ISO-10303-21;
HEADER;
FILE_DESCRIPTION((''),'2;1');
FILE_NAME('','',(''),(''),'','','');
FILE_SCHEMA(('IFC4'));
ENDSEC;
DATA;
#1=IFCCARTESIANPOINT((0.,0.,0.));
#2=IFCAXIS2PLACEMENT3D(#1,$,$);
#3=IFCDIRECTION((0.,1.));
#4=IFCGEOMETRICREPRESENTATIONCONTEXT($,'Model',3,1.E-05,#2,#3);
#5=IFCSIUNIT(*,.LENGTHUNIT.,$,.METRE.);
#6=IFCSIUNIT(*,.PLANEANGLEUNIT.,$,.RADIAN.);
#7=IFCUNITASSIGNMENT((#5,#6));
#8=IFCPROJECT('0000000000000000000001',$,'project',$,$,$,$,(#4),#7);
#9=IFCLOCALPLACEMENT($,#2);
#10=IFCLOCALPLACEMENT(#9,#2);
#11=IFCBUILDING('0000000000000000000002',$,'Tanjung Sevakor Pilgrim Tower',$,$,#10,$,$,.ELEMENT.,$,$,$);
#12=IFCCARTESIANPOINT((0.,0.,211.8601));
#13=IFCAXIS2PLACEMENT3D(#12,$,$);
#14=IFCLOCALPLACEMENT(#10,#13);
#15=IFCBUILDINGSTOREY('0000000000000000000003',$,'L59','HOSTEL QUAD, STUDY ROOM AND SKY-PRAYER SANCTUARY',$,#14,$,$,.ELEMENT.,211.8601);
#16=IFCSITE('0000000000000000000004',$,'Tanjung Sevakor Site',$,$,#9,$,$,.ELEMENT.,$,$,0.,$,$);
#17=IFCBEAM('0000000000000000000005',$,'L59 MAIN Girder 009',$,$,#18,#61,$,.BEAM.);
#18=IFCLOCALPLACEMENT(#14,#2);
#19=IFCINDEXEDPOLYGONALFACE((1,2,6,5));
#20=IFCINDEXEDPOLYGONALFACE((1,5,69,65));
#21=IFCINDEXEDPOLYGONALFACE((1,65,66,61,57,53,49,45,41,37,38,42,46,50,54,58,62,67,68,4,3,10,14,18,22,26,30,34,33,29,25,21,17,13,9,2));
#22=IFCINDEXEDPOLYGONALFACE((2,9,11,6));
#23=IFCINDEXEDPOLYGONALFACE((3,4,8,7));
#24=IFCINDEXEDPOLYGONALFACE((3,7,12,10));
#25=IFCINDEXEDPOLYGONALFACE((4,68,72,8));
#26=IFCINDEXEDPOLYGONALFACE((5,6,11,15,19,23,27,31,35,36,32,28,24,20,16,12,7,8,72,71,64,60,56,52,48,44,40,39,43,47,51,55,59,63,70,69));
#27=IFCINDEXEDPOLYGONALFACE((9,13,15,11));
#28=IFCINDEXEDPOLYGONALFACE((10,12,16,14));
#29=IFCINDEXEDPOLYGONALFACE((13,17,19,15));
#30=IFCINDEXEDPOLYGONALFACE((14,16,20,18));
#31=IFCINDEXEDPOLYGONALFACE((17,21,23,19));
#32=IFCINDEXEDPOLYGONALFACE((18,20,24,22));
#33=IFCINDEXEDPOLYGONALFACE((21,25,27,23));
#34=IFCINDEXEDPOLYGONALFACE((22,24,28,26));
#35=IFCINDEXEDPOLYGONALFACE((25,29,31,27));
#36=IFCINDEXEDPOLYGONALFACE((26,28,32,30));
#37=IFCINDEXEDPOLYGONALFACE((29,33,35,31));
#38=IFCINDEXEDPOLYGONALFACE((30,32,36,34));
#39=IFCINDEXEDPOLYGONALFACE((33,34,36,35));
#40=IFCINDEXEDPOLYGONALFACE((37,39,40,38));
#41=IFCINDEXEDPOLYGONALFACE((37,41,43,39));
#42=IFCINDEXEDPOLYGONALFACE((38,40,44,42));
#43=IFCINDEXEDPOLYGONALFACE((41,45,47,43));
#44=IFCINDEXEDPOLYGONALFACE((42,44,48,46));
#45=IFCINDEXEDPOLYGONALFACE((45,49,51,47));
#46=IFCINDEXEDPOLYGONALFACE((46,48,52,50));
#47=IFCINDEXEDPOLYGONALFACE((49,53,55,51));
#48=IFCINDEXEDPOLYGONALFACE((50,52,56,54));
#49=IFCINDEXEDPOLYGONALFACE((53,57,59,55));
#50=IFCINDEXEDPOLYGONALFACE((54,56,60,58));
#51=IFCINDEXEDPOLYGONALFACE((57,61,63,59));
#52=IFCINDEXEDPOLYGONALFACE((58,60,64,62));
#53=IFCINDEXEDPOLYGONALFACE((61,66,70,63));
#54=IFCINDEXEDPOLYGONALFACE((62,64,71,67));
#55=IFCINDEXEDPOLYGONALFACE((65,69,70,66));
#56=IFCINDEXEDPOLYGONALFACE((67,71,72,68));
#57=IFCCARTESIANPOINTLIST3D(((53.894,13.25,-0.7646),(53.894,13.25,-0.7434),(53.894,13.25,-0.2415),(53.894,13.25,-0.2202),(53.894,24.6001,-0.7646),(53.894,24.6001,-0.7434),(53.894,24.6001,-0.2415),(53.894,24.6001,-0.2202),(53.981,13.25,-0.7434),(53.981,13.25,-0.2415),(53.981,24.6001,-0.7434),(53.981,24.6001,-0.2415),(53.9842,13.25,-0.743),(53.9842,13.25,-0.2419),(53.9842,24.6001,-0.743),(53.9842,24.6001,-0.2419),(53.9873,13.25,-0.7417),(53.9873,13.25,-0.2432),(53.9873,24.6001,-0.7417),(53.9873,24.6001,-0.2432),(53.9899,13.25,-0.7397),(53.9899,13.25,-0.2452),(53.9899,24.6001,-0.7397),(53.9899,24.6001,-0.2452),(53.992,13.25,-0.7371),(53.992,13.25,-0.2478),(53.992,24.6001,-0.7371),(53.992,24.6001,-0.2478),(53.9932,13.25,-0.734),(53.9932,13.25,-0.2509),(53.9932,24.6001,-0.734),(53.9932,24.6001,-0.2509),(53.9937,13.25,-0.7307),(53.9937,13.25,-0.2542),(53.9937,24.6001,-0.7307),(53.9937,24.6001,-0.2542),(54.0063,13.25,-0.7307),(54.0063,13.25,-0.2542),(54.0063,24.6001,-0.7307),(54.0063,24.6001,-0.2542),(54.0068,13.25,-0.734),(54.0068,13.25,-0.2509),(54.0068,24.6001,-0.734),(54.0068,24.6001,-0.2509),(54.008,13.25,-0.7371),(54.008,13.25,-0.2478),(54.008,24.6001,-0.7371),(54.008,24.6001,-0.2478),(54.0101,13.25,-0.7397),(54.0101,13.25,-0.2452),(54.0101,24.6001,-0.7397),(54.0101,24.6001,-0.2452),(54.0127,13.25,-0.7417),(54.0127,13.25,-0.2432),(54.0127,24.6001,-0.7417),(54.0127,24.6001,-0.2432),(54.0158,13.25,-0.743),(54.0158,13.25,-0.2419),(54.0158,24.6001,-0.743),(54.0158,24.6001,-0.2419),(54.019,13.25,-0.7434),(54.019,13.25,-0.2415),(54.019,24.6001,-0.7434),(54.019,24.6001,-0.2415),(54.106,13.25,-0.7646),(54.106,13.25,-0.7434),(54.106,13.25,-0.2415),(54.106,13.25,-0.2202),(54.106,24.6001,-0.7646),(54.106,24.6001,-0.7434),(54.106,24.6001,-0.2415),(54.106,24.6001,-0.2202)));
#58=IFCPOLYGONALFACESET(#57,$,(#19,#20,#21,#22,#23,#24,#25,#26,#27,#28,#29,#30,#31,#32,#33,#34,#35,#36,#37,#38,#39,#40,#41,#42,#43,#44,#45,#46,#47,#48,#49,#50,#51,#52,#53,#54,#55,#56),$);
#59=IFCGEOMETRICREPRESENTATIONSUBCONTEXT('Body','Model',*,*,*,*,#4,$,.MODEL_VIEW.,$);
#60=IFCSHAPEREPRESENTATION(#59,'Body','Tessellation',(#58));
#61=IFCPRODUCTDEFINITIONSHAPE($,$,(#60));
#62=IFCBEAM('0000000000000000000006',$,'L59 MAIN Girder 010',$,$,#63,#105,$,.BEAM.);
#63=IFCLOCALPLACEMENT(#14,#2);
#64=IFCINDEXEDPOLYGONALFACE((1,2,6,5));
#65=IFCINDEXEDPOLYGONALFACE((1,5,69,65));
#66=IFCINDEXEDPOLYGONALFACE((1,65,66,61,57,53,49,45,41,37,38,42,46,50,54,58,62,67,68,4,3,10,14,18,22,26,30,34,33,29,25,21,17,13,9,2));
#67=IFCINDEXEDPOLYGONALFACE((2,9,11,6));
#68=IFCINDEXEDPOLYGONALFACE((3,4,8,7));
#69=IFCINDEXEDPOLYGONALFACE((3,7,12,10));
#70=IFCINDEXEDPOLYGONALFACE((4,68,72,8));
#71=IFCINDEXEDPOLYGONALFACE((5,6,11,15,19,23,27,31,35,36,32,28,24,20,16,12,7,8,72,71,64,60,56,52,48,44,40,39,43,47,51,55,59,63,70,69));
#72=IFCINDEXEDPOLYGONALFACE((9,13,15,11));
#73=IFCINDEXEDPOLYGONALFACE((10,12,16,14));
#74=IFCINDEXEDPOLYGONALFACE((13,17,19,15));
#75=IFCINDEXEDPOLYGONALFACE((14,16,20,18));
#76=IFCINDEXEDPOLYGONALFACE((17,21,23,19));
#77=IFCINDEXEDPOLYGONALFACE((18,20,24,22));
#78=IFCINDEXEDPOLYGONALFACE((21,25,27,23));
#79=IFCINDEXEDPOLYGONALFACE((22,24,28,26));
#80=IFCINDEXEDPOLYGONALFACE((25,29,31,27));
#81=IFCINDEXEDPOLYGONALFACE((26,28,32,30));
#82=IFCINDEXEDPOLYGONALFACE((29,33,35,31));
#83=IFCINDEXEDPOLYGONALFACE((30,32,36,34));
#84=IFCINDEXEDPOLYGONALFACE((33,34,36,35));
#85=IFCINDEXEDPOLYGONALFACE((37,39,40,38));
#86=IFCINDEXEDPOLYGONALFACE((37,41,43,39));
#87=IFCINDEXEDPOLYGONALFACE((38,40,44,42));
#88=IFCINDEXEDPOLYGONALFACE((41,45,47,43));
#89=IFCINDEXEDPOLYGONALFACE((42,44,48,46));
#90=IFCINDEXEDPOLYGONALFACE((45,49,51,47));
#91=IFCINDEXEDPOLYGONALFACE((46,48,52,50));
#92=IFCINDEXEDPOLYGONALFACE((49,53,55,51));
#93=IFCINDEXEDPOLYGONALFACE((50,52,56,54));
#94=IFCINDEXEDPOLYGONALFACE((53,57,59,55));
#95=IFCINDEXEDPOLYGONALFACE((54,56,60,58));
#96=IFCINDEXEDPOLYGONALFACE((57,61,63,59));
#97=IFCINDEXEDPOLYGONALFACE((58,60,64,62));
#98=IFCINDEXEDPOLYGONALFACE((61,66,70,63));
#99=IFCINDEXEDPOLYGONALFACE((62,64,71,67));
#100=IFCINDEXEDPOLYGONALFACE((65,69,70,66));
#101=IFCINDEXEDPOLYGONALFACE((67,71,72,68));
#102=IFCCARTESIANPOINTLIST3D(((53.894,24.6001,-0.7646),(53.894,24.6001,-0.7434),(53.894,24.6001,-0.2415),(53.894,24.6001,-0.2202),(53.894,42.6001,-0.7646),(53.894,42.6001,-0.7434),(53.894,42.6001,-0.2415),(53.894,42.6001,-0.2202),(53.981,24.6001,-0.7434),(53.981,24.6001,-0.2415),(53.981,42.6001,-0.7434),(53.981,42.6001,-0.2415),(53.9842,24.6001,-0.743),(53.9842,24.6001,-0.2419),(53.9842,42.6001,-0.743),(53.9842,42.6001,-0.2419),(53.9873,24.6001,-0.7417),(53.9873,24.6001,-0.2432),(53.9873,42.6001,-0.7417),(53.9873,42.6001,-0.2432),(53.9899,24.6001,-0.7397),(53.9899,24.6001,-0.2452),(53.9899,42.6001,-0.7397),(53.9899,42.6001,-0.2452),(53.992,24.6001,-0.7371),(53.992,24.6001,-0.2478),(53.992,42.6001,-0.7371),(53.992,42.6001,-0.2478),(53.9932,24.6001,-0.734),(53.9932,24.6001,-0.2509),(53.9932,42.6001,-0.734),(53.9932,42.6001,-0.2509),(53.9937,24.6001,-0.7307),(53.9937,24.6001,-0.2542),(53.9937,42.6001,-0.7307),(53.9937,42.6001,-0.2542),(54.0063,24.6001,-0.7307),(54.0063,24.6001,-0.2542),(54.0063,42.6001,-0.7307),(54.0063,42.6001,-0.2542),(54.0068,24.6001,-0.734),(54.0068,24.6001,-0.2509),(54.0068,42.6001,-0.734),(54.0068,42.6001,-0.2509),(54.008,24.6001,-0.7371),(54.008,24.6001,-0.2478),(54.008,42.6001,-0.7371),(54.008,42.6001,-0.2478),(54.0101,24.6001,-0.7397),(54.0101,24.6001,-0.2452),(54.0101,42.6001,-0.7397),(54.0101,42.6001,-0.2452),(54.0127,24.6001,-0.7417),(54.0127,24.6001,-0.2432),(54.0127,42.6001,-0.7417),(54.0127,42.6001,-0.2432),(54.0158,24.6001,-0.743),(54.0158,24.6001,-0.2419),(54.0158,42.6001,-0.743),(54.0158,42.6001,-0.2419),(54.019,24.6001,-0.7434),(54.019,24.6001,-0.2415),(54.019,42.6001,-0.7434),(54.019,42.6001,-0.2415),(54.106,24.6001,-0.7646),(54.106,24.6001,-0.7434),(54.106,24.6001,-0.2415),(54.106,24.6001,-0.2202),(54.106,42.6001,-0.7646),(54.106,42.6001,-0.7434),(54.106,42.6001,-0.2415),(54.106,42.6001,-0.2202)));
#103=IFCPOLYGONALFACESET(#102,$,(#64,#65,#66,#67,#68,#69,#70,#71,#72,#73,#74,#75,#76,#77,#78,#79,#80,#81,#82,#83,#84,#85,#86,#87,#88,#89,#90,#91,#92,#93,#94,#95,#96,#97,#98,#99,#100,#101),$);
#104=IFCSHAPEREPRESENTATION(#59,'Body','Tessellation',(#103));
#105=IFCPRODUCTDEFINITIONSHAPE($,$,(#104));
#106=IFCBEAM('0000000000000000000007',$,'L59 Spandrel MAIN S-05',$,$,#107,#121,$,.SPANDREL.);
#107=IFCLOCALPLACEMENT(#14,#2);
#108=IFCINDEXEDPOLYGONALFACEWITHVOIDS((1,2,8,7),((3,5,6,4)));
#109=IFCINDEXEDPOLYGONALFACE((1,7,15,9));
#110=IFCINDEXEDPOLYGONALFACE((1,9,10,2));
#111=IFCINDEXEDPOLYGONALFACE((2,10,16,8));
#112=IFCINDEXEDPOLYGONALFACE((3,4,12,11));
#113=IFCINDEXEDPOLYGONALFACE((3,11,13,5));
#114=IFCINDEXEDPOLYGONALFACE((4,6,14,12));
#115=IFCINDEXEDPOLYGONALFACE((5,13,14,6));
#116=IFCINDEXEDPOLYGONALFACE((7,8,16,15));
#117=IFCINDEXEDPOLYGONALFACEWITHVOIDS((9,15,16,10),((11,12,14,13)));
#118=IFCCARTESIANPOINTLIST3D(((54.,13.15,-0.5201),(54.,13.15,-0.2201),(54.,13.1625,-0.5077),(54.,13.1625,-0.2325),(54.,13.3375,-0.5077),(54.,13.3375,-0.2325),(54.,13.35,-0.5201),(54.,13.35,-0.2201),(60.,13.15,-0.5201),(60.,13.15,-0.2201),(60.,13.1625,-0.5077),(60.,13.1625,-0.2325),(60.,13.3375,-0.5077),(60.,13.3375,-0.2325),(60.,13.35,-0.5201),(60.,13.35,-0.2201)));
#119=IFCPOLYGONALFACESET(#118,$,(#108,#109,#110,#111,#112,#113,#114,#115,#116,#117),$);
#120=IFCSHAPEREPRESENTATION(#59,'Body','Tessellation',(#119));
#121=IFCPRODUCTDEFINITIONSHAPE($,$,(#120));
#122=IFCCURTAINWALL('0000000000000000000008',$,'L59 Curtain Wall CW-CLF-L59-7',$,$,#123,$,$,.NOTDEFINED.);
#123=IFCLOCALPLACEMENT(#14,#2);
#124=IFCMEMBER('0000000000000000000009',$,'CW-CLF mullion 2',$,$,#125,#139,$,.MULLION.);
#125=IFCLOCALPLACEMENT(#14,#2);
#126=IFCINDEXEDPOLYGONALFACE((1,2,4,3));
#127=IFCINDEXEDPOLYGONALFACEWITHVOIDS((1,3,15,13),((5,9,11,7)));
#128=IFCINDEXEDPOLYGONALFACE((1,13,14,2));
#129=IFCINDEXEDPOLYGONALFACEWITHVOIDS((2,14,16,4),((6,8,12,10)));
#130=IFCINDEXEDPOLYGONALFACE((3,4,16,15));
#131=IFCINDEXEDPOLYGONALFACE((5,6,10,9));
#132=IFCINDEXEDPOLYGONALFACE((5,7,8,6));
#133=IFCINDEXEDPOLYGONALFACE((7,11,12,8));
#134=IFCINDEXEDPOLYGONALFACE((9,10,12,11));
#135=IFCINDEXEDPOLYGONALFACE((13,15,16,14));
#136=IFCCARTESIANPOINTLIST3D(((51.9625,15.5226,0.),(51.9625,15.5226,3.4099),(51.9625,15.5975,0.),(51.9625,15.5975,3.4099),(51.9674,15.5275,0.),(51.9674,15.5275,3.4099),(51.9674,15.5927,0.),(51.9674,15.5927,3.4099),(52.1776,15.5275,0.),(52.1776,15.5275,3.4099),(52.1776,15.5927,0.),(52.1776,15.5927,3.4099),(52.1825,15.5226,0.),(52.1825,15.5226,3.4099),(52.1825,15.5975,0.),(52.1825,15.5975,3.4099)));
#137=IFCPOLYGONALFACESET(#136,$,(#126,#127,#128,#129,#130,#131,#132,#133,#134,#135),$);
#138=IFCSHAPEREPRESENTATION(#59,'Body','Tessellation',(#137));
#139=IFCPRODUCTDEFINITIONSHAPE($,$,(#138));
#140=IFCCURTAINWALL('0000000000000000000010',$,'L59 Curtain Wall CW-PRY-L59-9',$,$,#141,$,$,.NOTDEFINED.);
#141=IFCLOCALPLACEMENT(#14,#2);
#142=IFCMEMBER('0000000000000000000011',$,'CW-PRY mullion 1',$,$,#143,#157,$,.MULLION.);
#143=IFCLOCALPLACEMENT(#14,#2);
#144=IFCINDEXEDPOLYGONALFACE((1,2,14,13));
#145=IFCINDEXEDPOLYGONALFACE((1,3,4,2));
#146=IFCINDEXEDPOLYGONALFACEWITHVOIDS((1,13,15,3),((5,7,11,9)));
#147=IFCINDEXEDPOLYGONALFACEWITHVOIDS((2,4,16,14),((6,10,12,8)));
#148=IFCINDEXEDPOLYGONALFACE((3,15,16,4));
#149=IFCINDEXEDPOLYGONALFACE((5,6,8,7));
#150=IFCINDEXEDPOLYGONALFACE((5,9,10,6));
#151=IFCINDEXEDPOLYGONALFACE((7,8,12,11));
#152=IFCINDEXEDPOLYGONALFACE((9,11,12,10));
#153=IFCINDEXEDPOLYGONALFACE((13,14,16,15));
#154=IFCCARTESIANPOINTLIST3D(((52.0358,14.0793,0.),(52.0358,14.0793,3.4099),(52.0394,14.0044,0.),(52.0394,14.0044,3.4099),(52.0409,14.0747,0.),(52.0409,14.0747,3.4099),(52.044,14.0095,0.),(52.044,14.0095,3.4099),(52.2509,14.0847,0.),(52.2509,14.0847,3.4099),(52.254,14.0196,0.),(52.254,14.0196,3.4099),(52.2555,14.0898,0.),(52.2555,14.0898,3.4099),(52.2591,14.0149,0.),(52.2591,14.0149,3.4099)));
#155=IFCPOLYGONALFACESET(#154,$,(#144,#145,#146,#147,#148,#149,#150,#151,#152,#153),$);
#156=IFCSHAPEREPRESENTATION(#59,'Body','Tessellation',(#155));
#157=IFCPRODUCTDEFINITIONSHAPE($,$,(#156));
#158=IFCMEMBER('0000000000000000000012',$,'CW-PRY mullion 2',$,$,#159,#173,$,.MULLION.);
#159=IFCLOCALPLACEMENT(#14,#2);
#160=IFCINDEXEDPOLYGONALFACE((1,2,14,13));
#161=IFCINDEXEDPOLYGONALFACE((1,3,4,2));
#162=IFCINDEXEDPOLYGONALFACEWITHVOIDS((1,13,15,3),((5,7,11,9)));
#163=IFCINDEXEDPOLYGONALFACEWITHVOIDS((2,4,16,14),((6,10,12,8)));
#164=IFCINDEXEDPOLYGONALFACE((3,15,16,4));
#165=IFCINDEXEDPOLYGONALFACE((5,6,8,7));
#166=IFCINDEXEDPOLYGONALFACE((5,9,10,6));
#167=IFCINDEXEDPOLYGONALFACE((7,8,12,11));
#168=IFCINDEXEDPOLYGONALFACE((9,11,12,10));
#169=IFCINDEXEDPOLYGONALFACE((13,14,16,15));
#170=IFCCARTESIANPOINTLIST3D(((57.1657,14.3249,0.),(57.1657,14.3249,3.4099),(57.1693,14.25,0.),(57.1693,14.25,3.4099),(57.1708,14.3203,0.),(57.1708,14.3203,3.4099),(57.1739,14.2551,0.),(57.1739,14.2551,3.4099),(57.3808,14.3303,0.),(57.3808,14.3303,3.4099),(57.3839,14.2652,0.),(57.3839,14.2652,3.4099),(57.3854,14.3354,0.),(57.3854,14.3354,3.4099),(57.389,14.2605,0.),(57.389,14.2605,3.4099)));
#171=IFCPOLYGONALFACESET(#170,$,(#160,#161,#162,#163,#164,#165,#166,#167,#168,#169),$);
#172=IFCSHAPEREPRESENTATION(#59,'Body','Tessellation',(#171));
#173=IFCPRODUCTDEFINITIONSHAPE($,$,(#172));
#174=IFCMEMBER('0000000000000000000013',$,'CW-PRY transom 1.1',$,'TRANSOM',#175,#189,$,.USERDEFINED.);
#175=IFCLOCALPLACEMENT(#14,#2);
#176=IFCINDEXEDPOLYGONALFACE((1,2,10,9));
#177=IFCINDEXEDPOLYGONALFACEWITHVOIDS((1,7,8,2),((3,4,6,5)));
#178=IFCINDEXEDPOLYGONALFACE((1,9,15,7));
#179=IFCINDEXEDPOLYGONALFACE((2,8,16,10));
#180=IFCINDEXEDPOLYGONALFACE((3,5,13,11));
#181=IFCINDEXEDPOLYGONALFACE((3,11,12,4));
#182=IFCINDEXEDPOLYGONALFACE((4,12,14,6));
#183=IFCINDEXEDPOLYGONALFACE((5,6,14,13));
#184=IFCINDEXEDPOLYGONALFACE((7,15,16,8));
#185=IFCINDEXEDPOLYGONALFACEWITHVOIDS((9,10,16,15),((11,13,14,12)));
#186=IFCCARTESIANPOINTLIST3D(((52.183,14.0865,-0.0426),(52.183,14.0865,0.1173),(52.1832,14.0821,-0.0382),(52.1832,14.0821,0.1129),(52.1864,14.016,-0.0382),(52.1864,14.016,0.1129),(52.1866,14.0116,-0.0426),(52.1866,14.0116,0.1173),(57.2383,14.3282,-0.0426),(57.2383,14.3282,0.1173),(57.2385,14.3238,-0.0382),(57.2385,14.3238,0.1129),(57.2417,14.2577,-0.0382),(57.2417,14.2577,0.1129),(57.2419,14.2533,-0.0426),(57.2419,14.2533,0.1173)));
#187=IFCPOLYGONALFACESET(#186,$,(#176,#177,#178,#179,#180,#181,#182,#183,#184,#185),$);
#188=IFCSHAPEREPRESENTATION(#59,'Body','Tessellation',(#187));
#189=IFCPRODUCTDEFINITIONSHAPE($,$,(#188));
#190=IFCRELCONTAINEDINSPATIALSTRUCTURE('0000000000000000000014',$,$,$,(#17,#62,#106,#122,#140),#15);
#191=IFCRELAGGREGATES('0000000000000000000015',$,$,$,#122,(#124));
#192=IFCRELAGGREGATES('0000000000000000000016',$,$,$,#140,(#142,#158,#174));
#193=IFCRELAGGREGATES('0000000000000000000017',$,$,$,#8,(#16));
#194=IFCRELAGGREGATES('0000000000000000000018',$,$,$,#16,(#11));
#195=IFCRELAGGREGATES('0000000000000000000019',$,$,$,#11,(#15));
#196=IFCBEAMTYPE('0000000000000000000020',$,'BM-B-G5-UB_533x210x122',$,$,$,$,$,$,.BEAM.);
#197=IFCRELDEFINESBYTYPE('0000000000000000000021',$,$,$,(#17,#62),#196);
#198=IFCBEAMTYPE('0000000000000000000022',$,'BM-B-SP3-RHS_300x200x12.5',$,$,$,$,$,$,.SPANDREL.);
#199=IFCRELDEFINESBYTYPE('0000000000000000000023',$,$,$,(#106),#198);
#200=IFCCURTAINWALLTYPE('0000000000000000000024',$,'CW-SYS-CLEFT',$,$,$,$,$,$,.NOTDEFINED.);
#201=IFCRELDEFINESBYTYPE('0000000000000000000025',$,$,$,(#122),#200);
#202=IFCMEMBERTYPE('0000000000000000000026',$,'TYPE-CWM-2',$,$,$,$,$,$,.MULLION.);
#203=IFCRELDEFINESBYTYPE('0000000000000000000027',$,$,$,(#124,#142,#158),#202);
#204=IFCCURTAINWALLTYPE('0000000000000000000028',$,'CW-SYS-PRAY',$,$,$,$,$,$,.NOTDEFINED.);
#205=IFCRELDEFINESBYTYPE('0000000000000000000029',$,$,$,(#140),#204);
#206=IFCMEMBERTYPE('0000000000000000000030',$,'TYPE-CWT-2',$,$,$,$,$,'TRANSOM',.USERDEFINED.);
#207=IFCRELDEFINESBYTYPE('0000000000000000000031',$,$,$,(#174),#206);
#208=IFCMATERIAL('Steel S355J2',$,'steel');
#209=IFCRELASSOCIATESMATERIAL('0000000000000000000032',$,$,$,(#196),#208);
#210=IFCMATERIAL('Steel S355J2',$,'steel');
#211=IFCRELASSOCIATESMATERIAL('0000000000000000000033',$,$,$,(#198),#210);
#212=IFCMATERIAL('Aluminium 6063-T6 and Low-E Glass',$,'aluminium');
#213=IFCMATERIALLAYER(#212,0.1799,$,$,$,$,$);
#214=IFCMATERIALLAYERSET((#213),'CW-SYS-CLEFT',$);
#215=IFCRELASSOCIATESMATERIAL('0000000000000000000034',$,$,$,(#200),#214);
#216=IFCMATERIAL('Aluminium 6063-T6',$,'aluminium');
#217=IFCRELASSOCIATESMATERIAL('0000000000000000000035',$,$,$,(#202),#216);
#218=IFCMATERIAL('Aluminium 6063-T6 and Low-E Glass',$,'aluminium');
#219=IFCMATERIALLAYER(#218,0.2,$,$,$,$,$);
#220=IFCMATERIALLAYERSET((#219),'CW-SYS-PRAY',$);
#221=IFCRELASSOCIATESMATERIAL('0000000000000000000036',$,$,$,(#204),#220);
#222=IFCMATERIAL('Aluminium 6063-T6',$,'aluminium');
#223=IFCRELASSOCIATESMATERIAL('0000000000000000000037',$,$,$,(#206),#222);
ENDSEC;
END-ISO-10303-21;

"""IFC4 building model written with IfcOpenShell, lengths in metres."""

from ifc_helpers import new_model, si_unit, direction, frame, origin, origin_2d, place, context, subcontext, project, spatial, hollow_rectangle, i_section, extrude, material, layer, layer_set, material_profile, profile_set, type_object, element, aggregate, save


model = new_model("IFC4")

# Units and contexts
model_context = context("Model", 3, precision=1e-05, world=origin(), true_north=direction((0.0, 1.0)))
body_context = subcontext(model_context, "Body", "Model", "MODEL_VIEW")
ifc_project = project(units=[si_unit("LENGTHUNIT", "METRE"), si_unit("PLANEANGLEUNIT", "RADIAN")], contexts=[model_context])

# Site, building, storey
site_placement = place(None, origin())
site = spatial("IfcSite", under=ifc_project, at=site_placement, Name="Tanjung Sevakor Site", CompositionType="ELEMENT", RefElevation=0.0)
building_placement = place(site_placement, origin())
building = spatial("IfcBuilding", under=site, at=building_placement, Name="Tanjung Sevakor Pilgrim Tower", CompositionType="ELEMENT")
storey_placement = place(building_placement, frame((0.0, 0.0, 211.8601)))
storey = spatial("IfcBuildingStorey", under=building, at=storey_placement, Name="L59", Description="HOSTEL QUAD, STUDY ROOM AND SKY-PRAYER SANCTUARY", CompositionType="ELEMENT", Elevation=211.8601)

# Beams
ifc_material_1 = material(Name="Steel S355J2", Category="steel")
ifc_material_profile_1 = material_profile(ifc_material_1, i_section(OverallWidth=0.2119, OverallDepth=0.5444, WebThickness=0.0127, FlangeThickness=0.0212, FilletRadius=0.0127, at=origin_2d()))
ifc_profile_set_1 = profile_set([ifc_material_profile_1], Name="Steel S355J2")
beam_type_1 = type_object("IfcBeamType", Name="BM-B-G5-UB_533x210x122", PredefinedType="BEAM", material=ifc_profile_set_1)
beam_1_placement = place(storey_placement, frame((54.0, 13.25, -0.4924), z_axis=(0.0, 1.0, 0.0), x_axis=(-1.0, 0.0, 0.0)))
element("IfcBeam", 1, at=beam_1_placement, inside=storey, type_object=beam_type_1, Name="L59 MAIN Girder 009", PredefinedType="BEAM", context=body_context, shape_type="SweptSolid", body=[
    extrude(i_section(OverallWidth=0.2119, OverallDepth=0.5444, WebThickness=0.0127, FlangeThickness=0.0212, FilletRadius=0.0127, at=origin_2d()), origin(), (0.0, 0.0, 1.0), 11.3501),
])
beam_2_placement = place(storey_placement, frame((54.0, 24.6001, -0.4924), z_axis=(0.0, 1.0, 0.0), x_axis=(-1.0, 0.0, 0.0)))
element("IfcBeam", 2, at=beam_2_placement, inside=storey, type_object=beam_type_1, Name="L59 MAIN Girder 010", PredefinedType="BEAM", context=body_context, shape_type="SweptSolid", body=[
    extrude(i_section(OverallWidth=0.2119, OverallDepth=0.5444, WebThickness=0.0127, FlangeThickness=0.0212, FilletRadius=0.0127, at=origin_2d()), origin(), (0.0, 0.0, 1.0), 18.0),
])
ifc_material_2 = material(Name="Steel S355J2", Category="steel")
ifc_material_profile_2 = material_profile(ifc_material_2, hollow_rectangle(XDim=0.2, YDim=0.3, WallThickness=0.0125, at=origin_2d()))
ifc_profile_set_2 = profile_set([ifc_material_profile_2], Name="Steel S355J2")
beam_type_2 = type_object("IfcBeamType", Name="BM-B-SP3-RHS_300x200x12.5", PredefinedType="SPANDREL", material=ifc_profile_set_2)
beam_3_placement = place(storey_placement, frame((54.0, 13.25, -0.3701), z_axis=(1.0, 0.0, 0.0), x_axis=(0.0, 1.0, 0.0)))
element("IfcBeam", 3, at=beam_3_placement, inside=storey, type_object=beam_type_2, Name="L59 Spandrel MAIN S-05", PredefinedType="SPANDREL", context=body_context, shape_type="SweptSolid", body=[
    extrude(hollow_rectangle(XDim=0.2, YDim=0.3, WallThickness=0.0125, at=origin_2d()), origin(), (0.0, 0.0, 1.0), 6.0),
])

# Curtain wall, member
ifc_material_3 = material(Name="Aluminium 6063-T6 and Low-E Glass", Category="aluminium")
ifc_layer_1 = layer(ifc_material_3, 0.1799)
ifc_layer_set_1 = layer_set([ifc_layer_1], Name="CW-SYS-CLEFT")
curtain_wall_type_1 = type_object("IfcCurtainWallType", Name="CW-SYS-CLEFT", PredefinedType="NOTDEFINED", material=ifc_layer_set_1)
curtain_wall_1_placement = place(storey_placement, origin())
curtain_wall_1 = element("IfcCurtainWall", 4, at=curtain_wall_1_placement, inside=storey, type_object=curtain_wall_type_1, Name="L59 Curtain Wall CW-CLF-L59-7", PredefinedType="NOTDEFINED")
ifc_material_4 = material(Name="Aluminium 6063-T6", Category="aluminium")
ifc_material_profile_3 = material_profile(ifc_material_4, hollow_rectangle(XDim=0.075, YDim=0.22, WallThickness=0.0049, at=origin_2d()))
ifc_profile_set_3 = profile_set([ifc_material_profile_3], Name="Aluminium 6063-T6")
member_type_1 = type_object("IfcMemberType", Name="TYPE-CWM-2", PredefinedType="MULLION", material=ifc_profile_set_3)
member_1_placement = place(storey_placement, frame((52.0725, 15.5601, 0.0), z_axis=(0.0, 0.0, 1.0), x_axis=(0.0, 1.0, 0.0)))
member_1 = element("IfcMember", 5, at=member_1_placement, type_object=member_type_1, Name="CW-CLF mullion 2", PredefinedType="MULLION", context=body_context, shape_type="SweptSolid", body=[
    extrude(hollow_rectangle(XDim=0.075, YDim=0.22, WallThickness=0.0049, at=origin_2d()), origin(), (0.0, 0.0, 1.0), 3.4099),
])

# Curtain wall, members
ifc_material_5 = material(Name="Aluminium 6063-T6 and Low-E Glass", Category="aluminium")
ifc_layer_2 = layer(ifc_material_5, 0.2)
ifc_layer_set_2 = layer_set([ifc_layer_2], Name="CW-SYS-PRAY")
curtain_wall_type_2 = type_object("IfcCurtainWallType", Name="CW-SYS-PRAY", PredefinedType="NOTDEFINED", material=ifc_layer_set_2)
curtain_wall_2_placement = place(storey_placement, origin())
curtain_wall_2 = element("IfcCurtainWall", 6, at=curtain_wall_2_placement, inside=storey, type_object=curtain_wall_type_2, Name="L59 Curtain Wall CW-PRY-L59-9", PredefinedType="NOTDEFINED")
member_2_placement = place(storey_placement, frame((52.1475, 14.0471, 0.0), z_axis=(0.0, 0.0, 1.0), x_axis=(-0.047794, 0.998857, 0.0)))
member_2 = element("IfcMember", 7, at=member_2_placement, type_object=member_type_1, Name="CW-PRY mullion 1", PredefinedType="MULLION", context=body_context, shape_type="SweptSolid", body=[
    extrude(hollow_rectangle(XDim=0.075, YDim=0.22, WallThickness=0.0049, at=origin_2d()), origin(), (0.0, 0.0, 1.0), 3.4099),
])
member_3_placement = place(storey_placement, frame((57.2773, 14.2927, 0.0), z_axis=(0.0, 0.0, 1.0), x_axis=(-0.047794, 0.998857, 0.0)))
member_3 = element("IfcMember", 8, at=member_3_placement, type_object=member_type_1, Name="CW-PRY mullion 2", PredefinedType="MULLION", context=body_context, shape_type="SweptSolid", body=[
    extrude(hollow_rectangle(XDim=0.075, YDim=0.22, WallThickness=0.0049, at=origin_2d()), origin(), (0.0, 0.0, 1.0), 3.4099),
])
ifc_material_6 = material(Name="Aluminium 6063-T6", Category="aluminium")
ifc_material_profile_4 = material_profile(ifc_material_6, hollow_rectangle(XDim=0.075, YDim=0.1599, WallThickness=0.0044, at=origin_2d()))
ifc_profile_set_4 = profile_set([ifc_material_profile_4], Name="Aluminium 6063-T6")
member_type_2 = type_object("IfcMemberType", Name="TYPE-CWT-2", ElementType="TRANSOM", PredefinedType="USERDEFINED", material=ifc_profile_set_4)
member_4_placement = place(storey_placement, frame((52.1848, 14.0491, 0.0374), z_axis=(0.998859, 0.047758, 0.0), x_axis=(-0.047758, 0.998859, 0.0)))
member_4 = element("IfcMember", 9, at=member_4_placement, type_object=member_type_2, Name="CW-PRY transom 1.1", ObjectType="TRANSOM", PredefinedType="USERDEFINED", context=body_context, shape_type="SweptSolid", body=[
    extrude(hollow_rectangle(XDim=0.075, YDim=0.1599, WallThickness=0.0044, at=origin_2d()), origin(), (0.0, 0.0, 1.0), 5.061),
])

aggregate(curtain_wall_1, [member_1])
aggregate(curtain_wall_2, [member_2, member_3, member_4])

save(model, "model.ifc")
